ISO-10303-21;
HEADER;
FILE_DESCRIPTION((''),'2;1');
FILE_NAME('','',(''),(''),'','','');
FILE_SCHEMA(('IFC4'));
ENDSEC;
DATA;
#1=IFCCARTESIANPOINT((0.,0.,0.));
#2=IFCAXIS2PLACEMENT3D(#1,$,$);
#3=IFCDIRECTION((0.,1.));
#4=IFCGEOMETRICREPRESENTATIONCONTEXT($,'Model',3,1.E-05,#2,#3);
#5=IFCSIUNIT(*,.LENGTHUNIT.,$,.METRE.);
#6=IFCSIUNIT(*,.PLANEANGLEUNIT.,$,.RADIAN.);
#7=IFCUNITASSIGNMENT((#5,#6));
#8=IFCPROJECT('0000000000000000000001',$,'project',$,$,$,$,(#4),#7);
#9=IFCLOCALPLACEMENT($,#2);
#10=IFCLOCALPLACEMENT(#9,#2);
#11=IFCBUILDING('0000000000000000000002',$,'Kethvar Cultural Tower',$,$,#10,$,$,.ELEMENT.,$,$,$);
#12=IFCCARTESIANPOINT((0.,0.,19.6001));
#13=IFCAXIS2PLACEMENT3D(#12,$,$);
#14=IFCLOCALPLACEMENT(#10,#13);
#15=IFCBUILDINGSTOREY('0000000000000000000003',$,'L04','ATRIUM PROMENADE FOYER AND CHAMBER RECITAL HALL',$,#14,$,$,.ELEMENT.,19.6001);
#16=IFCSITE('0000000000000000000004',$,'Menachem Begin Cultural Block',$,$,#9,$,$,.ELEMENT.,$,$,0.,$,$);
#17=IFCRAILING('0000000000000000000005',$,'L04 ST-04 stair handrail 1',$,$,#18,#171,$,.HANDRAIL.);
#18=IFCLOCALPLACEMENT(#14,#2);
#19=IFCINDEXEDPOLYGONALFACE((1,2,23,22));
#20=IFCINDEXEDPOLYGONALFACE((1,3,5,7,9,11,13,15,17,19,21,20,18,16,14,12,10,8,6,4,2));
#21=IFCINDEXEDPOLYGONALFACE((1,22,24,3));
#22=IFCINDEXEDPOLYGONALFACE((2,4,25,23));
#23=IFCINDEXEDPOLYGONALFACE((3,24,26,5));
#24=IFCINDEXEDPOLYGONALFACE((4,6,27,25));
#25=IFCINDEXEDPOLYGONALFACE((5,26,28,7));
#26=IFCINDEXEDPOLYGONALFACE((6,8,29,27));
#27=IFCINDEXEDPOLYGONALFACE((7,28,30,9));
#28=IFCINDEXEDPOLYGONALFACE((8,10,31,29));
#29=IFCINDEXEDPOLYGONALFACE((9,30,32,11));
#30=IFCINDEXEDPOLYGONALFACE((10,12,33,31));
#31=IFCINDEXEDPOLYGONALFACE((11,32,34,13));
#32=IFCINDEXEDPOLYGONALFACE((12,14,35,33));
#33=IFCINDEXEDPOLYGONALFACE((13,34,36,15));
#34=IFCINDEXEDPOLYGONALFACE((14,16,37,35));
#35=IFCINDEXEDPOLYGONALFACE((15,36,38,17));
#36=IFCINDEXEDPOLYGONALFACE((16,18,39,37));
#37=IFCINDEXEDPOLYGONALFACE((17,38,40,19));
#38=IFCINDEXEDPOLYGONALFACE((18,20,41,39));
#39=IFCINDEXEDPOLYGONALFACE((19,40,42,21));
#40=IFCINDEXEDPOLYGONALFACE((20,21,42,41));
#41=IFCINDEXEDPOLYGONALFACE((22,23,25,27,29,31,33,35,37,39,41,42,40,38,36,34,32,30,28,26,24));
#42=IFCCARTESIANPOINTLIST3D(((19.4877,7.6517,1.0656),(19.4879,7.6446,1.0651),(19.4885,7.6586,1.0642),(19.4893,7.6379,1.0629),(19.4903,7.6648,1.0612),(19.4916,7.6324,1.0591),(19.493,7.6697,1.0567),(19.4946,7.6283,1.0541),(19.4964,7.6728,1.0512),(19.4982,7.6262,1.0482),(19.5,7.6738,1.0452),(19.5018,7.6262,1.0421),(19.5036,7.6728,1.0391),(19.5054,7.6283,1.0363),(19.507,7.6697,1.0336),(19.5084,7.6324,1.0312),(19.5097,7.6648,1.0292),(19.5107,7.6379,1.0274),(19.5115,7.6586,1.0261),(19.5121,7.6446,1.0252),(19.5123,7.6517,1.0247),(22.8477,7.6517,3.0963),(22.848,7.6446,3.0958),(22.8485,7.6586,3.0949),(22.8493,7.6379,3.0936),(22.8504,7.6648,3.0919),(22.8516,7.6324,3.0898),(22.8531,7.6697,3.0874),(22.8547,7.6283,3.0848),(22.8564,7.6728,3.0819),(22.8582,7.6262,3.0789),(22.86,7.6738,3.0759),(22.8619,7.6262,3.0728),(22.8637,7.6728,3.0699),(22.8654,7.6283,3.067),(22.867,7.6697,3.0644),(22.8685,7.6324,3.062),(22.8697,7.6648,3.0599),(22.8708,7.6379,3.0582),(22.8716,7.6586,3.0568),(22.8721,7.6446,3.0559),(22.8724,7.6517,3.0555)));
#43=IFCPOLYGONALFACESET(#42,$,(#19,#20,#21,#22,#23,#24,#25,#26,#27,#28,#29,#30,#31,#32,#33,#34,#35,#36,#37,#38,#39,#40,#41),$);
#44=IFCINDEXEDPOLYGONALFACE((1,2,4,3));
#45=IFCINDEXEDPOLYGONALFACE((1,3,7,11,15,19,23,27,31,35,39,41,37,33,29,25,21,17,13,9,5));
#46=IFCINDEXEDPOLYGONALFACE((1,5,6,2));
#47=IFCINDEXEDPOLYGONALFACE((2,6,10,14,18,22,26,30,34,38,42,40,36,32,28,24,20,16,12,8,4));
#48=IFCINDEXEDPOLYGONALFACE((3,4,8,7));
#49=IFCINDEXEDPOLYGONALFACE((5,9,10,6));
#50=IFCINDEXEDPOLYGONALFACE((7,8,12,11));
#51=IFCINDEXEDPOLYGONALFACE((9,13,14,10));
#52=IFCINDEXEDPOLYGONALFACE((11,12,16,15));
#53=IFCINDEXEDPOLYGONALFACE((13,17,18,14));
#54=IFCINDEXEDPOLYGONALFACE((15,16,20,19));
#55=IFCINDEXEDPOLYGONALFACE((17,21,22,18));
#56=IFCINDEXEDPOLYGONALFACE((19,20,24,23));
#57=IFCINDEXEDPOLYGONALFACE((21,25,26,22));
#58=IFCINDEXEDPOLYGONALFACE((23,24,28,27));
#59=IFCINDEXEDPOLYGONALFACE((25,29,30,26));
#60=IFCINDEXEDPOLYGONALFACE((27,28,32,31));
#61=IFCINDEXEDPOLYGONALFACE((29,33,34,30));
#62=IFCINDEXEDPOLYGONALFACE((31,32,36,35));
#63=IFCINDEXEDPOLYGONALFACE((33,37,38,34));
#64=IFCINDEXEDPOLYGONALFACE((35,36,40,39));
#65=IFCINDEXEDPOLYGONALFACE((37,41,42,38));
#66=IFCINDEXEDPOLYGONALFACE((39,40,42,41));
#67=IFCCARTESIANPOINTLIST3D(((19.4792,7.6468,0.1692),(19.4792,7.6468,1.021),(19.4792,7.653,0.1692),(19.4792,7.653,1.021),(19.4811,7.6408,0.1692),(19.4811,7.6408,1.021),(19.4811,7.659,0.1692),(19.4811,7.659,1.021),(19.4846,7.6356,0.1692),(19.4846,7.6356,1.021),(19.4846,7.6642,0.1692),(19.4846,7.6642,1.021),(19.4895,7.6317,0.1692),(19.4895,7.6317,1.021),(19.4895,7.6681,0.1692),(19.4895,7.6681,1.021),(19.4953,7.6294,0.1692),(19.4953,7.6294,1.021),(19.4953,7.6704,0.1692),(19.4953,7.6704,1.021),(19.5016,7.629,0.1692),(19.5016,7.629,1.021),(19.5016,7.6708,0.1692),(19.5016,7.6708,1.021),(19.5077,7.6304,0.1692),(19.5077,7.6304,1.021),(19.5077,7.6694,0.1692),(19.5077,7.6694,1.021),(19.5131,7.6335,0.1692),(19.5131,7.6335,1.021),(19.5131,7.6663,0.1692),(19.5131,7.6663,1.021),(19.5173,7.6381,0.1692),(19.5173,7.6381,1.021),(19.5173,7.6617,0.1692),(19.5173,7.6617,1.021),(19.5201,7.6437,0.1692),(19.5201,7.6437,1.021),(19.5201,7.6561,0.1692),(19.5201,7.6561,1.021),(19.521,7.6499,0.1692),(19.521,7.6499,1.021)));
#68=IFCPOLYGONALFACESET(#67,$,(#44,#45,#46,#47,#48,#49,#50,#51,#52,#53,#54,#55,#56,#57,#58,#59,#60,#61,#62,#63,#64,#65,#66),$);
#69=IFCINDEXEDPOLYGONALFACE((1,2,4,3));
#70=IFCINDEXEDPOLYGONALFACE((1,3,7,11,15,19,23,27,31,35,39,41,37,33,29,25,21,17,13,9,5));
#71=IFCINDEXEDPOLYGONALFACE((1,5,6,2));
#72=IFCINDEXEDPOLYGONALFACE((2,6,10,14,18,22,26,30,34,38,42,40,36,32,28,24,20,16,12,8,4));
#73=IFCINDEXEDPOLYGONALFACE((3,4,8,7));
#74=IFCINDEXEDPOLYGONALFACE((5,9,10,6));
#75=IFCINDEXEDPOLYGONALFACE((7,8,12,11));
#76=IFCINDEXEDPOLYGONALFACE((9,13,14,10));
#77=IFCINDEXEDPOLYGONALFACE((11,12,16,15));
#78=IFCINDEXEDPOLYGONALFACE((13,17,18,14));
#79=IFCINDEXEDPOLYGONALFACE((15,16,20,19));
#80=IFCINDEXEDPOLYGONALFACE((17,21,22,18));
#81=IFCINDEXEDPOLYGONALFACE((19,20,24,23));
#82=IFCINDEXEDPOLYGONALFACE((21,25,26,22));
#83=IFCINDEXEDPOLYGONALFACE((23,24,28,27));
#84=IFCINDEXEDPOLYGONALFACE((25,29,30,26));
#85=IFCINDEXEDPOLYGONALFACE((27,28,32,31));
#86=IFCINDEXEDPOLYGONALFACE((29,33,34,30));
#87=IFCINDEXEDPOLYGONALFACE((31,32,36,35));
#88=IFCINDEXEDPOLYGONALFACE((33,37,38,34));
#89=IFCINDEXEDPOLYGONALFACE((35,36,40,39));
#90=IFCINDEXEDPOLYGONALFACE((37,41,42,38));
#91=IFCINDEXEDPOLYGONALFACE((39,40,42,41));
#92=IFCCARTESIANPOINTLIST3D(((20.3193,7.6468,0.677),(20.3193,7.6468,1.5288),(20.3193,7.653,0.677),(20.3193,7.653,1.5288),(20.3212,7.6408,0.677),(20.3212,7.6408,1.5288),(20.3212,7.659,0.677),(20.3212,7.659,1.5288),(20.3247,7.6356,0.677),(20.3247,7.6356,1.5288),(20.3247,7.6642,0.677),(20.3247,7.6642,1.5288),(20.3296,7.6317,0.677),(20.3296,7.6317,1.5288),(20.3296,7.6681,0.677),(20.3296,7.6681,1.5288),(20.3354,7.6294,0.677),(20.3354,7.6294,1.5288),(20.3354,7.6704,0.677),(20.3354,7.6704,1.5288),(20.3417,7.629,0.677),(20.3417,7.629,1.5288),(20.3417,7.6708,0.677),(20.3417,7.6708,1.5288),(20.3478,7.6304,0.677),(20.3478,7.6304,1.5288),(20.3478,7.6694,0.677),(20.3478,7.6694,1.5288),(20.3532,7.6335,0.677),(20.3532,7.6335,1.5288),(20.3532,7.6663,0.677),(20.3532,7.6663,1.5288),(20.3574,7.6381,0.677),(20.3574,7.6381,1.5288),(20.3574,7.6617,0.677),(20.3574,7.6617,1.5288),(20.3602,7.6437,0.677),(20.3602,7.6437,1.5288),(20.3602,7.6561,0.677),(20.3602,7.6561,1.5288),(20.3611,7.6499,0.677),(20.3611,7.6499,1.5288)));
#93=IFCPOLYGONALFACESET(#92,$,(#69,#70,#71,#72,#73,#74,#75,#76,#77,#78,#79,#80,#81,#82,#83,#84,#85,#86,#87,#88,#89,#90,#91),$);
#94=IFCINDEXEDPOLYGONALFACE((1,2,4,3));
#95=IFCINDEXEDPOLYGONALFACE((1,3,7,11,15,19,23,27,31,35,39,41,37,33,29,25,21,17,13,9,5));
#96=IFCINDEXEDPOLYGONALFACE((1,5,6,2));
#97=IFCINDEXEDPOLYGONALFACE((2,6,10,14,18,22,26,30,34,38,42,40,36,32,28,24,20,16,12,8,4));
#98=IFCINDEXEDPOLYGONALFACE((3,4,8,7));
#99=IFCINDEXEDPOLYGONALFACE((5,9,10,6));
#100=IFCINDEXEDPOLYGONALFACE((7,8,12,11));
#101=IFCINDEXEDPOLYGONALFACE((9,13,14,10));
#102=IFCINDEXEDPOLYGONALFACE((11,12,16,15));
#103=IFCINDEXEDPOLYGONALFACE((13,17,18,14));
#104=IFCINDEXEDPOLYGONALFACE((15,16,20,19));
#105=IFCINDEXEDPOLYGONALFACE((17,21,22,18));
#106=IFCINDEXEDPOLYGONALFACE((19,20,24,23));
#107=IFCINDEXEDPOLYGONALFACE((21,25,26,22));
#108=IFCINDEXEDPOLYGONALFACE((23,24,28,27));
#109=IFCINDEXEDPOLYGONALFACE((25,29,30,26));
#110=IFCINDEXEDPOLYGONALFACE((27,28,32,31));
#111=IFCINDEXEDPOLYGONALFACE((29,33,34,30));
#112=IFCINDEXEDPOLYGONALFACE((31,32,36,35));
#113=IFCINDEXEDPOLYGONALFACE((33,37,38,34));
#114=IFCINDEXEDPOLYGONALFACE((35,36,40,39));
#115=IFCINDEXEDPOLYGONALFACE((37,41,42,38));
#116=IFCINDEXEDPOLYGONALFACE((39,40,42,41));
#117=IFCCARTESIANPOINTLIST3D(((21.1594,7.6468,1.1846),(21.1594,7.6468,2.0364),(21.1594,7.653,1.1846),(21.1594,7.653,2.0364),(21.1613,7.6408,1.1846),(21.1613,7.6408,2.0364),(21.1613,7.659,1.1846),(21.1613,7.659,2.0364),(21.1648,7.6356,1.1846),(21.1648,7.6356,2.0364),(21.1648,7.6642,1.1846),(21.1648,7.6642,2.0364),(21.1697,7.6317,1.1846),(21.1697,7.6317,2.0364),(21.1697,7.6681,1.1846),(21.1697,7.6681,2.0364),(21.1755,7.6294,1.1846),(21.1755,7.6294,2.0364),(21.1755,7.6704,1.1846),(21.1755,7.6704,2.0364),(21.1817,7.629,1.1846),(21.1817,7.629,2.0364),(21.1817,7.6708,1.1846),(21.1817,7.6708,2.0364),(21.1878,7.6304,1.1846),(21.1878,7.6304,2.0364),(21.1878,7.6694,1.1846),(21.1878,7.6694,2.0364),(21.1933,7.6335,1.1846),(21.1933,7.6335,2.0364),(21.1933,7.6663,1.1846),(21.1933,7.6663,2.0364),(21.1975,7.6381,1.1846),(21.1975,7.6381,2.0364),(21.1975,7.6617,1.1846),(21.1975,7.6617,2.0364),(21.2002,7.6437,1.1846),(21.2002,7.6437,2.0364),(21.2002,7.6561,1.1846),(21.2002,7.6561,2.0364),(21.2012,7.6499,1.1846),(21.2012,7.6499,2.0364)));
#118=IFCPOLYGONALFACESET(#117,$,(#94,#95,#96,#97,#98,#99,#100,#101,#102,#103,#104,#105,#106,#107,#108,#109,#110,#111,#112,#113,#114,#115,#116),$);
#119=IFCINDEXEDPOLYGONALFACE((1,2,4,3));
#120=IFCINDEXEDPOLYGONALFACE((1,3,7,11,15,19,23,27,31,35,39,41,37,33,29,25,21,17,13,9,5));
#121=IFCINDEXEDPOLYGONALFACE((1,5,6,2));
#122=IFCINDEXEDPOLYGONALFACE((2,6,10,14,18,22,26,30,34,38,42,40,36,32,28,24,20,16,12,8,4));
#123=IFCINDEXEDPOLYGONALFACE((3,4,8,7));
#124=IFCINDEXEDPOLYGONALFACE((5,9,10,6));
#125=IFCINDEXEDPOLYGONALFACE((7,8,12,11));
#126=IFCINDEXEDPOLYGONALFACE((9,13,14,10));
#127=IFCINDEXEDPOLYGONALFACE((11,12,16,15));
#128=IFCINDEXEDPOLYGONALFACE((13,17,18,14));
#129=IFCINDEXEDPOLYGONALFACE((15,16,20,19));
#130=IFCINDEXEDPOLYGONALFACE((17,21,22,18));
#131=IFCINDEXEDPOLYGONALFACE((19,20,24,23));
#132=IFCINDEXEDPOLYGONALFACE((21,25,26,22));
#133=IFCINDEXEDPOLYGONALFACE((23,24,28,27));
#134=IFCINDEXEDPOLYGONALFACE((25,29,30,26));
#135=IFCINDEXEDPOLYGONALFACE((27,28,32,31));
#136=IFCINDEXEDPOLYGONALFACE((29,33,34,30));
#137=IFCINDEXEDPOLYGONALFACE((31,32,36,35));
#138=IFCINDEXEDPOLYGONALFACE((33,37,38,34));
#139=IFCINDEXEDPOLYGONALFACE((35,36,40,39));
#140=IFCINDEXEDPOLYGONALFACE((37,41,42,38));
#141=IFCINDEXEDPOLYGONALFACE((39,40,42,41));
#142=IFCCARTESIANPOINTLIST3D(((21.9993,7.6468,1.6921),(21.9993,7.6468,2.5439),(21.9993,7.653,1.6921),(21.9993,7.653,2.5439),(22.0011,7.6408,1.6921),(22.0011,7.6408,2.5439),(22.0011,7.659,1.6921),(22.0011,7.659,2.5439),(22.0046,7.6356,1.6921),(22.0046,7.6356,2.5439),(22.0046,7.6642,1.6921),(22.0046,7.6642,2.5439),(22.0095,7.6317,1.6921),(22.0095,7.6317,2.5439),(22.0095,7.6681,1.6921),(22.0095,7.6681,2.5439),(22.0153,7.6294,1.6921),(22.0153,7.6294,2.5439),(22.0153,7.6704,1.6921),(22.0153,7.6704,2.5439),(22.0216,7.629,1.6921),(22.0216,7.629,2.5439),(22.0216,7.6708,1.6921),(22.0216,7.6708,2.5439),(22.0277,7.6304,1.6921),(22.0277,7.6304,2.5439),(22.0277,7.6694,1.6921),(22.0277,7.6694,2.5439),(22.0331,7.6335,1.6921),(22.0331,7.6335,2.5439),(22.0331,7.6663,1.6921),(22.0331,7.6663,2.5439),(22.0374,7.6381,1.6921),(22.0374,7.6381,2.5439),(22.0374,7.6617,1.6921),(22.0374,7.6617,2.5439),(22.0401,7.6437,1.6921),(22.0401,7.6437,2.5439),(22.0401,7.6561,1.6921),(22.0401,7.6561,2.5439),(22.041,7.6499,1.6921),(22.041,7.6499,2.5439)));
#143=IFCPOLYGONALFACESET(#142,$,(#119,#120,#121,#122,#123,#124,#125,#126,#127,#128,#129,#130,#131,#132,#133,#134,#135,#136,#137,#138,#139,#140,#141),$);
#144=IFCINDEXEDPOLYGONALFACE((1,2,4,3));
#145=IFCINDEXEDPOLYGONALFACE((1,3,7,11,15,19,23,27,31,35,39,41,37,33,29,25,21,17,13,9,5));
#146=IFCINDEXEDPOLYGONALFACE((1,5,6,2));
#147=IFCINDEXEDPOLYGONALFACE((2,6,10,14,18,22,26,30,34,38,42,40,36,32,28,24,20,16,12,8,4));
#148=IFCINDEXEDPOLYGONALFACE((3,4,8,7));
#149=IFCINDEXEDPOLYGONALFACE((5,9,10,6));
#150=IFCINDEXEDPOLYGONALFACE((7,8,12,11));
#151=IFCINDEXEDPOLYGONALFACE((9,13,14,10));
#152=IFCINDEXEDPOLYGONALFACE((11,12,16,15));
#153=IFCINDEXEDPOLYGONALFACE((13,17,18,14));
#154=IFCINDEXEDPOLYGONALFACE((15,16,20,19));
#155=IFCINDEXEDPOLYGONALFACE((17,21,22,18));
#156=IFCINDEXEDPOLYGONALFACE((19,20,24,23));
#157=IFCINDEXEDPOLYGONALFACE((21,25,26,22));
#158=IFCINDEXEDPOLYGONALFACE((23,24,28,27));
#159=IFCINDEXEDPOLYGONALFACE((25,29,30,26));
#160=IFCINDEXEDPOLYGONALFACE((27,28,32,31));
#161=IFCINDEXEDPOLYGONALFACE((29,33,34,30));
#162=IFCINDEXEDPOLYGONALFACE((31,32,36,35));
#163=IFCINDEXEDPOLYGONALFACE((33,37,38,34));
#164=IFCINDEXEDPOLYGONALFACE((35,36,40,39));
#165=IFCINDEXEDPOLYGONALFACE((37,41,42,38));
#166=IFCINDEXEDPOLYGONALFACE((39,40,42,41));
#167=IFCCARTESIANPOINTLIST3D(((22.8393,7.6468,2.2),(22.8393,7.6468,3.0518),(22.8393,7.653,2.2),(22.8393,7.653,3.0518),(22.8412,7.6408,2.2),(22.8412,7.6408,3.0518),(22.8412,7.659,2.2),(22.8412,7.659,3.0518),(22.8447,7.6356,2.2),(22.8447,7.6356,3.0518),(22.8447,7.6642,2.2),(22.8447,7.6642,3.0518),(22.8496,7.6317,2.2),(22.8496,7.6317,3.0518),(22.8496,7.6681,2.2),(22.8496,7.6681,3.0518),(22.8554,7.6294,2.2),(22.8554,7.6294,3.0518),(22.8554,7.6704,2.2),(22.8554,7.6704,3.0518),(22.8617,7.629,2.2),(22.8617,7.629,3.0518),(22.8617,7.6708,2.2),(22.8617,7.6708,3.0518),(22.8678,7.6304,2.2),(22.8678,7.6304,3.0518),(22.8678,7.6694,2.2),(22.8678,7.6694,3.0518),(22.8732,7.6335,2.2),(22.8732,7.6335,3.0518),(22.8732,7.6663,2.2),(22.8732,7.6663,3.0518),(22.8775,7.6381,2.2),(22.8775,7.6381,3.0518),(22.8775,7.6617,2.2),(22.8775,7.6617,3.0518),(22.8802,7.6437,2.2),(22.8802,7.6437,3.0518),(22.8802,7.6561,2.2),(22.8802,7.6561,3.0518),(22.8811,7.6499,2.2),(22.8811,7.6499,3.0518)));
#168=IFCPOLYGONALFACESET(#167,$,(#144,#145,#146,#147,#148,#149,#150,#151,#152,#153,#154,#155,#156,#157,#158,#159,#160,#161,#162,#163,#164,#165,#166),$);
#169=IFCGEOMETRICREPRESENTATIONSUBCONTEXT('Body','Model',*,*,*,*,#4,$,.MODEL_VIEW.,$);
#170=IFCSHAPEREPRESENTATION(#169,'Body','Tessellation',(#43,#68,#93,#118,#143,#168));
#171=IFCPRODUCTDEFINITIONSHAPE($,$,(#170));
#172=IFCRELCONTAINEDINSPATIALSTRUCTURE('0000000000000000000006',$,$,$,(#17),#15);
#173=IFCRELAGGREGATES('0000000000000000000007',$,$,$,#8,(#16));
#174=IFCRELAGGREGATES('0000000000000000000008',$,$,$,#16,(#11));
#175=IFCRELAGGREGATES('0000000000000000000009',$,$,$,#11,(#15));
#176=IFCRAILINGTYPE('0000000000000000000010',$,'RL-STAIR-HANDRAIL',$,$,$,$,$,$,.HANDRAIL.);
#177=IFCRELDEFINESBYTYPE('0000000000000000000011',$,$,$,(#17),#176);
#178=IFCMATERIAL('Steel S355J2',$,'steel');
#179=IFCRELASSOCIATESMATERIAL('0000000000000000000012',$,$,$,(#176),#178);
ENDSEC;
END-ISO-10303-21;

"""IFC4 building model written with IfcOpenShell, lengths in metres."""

from ifc_helpers import new_model, si_unit, direction, frame, origin, origin_2d, place, context, subcontext, project, spatial, circle, extrude, material, type_object, element, save


model = new_model("IFC4")

# Units and contexts
model_context = context("Model", 3, precision=1e-05, world=origin(), true_north=direction((0.0, 1.0)))
body_context = subcontext(model_context, "Body", "Model", "MODEL_VIEW")
ifc_project = project(units=[si_unit("LENGTHUNIT", "METRE"), si_unit("PLANEANGLEUNIT", "RADIAN")], contexts=[model_context])

# Site, building, storey
site_placement = place(None, origin())
site = spatial("IfcSite", under=ifc_project, at=site_placement, Name="Menachem Begin Cultural Block", CompositionType="ELEMENT", RefElevation=0.0)
building_placement = place(site_placement, origin())
building = spatial("IfcBuilding", under=site, at=building_placement, Name="Kethvar Cultural Tower", CompositionType="ELEMENT")
storey_placement = place(building_placement, frame((0.0, 0.0, 19.6001)))
storey = spatial("IfcBuildingStorey", under=building, at=storey_placement, Name="L04", Description="ATRIUM PROMENADE FOYER AND CHAMBER RECITAL HALL", CompositionType="ELEMENT", Elevation=19.6001)

# Shared definitions
ifc_material_1 = material(Name="Steel S355J2", Category="steel")

# Railing
railing_type_1 = type_object("IfcRailingType", Name="RL-STAIR-HANDRAIL", PredefinedType="HANDRAIL", material=ifc_material_1)
railing_1_placement = place(storey_placement, frame((19.5, 7.6499, 0.1692)))
element("IfcRailing", 1, at=railing_1_placement, inside=storey, type_object=railing_type_1, Name="L04 ST-04 stair handrail 1", PredefinedType="HANDRAIL", context=body_context, shape_type="SweptSolid", body=[
    extrude(circle(Radius=0.0239, at=origin_2d()), frame((0.0, 0.0, 0.876), z_axis=(0.855837, 0.0, 0.517246), x_axis=(0.0, 1.0, 0.0)), (0.0, 0.0, 1.0), 3.926),
    extrude(circle(Radius=0.021, at=origin_2d()), origin(), (0.0, 0.0, 1.0), 0.8518),
    extrude(circle(Radius=0.021, at=origin_2d()), frame((0.8401, 0.0, 0.5078)), (0.0, 0.0, 1.0), 0.8518),
    extrude(circle(Radius=0.021, at=origin_2d()), frame((1.6802, 0.0, 1.0154)), (0.0, 0.0, 1.0), 0.8518),
    extrude(circle(Radius=0.021, at=origin_2d()), frame((2.52, 0.0, 1.5229)), (0.0, 0.0, 1.0), 0.8518),
    extrude(circle(Radius=0.021, at=origin_2d()), frame((3.3601, 0.0, 2.0308)), (0.0, 0.0, 1.0), 0.8518),
])

save(model, "model.ifc")
